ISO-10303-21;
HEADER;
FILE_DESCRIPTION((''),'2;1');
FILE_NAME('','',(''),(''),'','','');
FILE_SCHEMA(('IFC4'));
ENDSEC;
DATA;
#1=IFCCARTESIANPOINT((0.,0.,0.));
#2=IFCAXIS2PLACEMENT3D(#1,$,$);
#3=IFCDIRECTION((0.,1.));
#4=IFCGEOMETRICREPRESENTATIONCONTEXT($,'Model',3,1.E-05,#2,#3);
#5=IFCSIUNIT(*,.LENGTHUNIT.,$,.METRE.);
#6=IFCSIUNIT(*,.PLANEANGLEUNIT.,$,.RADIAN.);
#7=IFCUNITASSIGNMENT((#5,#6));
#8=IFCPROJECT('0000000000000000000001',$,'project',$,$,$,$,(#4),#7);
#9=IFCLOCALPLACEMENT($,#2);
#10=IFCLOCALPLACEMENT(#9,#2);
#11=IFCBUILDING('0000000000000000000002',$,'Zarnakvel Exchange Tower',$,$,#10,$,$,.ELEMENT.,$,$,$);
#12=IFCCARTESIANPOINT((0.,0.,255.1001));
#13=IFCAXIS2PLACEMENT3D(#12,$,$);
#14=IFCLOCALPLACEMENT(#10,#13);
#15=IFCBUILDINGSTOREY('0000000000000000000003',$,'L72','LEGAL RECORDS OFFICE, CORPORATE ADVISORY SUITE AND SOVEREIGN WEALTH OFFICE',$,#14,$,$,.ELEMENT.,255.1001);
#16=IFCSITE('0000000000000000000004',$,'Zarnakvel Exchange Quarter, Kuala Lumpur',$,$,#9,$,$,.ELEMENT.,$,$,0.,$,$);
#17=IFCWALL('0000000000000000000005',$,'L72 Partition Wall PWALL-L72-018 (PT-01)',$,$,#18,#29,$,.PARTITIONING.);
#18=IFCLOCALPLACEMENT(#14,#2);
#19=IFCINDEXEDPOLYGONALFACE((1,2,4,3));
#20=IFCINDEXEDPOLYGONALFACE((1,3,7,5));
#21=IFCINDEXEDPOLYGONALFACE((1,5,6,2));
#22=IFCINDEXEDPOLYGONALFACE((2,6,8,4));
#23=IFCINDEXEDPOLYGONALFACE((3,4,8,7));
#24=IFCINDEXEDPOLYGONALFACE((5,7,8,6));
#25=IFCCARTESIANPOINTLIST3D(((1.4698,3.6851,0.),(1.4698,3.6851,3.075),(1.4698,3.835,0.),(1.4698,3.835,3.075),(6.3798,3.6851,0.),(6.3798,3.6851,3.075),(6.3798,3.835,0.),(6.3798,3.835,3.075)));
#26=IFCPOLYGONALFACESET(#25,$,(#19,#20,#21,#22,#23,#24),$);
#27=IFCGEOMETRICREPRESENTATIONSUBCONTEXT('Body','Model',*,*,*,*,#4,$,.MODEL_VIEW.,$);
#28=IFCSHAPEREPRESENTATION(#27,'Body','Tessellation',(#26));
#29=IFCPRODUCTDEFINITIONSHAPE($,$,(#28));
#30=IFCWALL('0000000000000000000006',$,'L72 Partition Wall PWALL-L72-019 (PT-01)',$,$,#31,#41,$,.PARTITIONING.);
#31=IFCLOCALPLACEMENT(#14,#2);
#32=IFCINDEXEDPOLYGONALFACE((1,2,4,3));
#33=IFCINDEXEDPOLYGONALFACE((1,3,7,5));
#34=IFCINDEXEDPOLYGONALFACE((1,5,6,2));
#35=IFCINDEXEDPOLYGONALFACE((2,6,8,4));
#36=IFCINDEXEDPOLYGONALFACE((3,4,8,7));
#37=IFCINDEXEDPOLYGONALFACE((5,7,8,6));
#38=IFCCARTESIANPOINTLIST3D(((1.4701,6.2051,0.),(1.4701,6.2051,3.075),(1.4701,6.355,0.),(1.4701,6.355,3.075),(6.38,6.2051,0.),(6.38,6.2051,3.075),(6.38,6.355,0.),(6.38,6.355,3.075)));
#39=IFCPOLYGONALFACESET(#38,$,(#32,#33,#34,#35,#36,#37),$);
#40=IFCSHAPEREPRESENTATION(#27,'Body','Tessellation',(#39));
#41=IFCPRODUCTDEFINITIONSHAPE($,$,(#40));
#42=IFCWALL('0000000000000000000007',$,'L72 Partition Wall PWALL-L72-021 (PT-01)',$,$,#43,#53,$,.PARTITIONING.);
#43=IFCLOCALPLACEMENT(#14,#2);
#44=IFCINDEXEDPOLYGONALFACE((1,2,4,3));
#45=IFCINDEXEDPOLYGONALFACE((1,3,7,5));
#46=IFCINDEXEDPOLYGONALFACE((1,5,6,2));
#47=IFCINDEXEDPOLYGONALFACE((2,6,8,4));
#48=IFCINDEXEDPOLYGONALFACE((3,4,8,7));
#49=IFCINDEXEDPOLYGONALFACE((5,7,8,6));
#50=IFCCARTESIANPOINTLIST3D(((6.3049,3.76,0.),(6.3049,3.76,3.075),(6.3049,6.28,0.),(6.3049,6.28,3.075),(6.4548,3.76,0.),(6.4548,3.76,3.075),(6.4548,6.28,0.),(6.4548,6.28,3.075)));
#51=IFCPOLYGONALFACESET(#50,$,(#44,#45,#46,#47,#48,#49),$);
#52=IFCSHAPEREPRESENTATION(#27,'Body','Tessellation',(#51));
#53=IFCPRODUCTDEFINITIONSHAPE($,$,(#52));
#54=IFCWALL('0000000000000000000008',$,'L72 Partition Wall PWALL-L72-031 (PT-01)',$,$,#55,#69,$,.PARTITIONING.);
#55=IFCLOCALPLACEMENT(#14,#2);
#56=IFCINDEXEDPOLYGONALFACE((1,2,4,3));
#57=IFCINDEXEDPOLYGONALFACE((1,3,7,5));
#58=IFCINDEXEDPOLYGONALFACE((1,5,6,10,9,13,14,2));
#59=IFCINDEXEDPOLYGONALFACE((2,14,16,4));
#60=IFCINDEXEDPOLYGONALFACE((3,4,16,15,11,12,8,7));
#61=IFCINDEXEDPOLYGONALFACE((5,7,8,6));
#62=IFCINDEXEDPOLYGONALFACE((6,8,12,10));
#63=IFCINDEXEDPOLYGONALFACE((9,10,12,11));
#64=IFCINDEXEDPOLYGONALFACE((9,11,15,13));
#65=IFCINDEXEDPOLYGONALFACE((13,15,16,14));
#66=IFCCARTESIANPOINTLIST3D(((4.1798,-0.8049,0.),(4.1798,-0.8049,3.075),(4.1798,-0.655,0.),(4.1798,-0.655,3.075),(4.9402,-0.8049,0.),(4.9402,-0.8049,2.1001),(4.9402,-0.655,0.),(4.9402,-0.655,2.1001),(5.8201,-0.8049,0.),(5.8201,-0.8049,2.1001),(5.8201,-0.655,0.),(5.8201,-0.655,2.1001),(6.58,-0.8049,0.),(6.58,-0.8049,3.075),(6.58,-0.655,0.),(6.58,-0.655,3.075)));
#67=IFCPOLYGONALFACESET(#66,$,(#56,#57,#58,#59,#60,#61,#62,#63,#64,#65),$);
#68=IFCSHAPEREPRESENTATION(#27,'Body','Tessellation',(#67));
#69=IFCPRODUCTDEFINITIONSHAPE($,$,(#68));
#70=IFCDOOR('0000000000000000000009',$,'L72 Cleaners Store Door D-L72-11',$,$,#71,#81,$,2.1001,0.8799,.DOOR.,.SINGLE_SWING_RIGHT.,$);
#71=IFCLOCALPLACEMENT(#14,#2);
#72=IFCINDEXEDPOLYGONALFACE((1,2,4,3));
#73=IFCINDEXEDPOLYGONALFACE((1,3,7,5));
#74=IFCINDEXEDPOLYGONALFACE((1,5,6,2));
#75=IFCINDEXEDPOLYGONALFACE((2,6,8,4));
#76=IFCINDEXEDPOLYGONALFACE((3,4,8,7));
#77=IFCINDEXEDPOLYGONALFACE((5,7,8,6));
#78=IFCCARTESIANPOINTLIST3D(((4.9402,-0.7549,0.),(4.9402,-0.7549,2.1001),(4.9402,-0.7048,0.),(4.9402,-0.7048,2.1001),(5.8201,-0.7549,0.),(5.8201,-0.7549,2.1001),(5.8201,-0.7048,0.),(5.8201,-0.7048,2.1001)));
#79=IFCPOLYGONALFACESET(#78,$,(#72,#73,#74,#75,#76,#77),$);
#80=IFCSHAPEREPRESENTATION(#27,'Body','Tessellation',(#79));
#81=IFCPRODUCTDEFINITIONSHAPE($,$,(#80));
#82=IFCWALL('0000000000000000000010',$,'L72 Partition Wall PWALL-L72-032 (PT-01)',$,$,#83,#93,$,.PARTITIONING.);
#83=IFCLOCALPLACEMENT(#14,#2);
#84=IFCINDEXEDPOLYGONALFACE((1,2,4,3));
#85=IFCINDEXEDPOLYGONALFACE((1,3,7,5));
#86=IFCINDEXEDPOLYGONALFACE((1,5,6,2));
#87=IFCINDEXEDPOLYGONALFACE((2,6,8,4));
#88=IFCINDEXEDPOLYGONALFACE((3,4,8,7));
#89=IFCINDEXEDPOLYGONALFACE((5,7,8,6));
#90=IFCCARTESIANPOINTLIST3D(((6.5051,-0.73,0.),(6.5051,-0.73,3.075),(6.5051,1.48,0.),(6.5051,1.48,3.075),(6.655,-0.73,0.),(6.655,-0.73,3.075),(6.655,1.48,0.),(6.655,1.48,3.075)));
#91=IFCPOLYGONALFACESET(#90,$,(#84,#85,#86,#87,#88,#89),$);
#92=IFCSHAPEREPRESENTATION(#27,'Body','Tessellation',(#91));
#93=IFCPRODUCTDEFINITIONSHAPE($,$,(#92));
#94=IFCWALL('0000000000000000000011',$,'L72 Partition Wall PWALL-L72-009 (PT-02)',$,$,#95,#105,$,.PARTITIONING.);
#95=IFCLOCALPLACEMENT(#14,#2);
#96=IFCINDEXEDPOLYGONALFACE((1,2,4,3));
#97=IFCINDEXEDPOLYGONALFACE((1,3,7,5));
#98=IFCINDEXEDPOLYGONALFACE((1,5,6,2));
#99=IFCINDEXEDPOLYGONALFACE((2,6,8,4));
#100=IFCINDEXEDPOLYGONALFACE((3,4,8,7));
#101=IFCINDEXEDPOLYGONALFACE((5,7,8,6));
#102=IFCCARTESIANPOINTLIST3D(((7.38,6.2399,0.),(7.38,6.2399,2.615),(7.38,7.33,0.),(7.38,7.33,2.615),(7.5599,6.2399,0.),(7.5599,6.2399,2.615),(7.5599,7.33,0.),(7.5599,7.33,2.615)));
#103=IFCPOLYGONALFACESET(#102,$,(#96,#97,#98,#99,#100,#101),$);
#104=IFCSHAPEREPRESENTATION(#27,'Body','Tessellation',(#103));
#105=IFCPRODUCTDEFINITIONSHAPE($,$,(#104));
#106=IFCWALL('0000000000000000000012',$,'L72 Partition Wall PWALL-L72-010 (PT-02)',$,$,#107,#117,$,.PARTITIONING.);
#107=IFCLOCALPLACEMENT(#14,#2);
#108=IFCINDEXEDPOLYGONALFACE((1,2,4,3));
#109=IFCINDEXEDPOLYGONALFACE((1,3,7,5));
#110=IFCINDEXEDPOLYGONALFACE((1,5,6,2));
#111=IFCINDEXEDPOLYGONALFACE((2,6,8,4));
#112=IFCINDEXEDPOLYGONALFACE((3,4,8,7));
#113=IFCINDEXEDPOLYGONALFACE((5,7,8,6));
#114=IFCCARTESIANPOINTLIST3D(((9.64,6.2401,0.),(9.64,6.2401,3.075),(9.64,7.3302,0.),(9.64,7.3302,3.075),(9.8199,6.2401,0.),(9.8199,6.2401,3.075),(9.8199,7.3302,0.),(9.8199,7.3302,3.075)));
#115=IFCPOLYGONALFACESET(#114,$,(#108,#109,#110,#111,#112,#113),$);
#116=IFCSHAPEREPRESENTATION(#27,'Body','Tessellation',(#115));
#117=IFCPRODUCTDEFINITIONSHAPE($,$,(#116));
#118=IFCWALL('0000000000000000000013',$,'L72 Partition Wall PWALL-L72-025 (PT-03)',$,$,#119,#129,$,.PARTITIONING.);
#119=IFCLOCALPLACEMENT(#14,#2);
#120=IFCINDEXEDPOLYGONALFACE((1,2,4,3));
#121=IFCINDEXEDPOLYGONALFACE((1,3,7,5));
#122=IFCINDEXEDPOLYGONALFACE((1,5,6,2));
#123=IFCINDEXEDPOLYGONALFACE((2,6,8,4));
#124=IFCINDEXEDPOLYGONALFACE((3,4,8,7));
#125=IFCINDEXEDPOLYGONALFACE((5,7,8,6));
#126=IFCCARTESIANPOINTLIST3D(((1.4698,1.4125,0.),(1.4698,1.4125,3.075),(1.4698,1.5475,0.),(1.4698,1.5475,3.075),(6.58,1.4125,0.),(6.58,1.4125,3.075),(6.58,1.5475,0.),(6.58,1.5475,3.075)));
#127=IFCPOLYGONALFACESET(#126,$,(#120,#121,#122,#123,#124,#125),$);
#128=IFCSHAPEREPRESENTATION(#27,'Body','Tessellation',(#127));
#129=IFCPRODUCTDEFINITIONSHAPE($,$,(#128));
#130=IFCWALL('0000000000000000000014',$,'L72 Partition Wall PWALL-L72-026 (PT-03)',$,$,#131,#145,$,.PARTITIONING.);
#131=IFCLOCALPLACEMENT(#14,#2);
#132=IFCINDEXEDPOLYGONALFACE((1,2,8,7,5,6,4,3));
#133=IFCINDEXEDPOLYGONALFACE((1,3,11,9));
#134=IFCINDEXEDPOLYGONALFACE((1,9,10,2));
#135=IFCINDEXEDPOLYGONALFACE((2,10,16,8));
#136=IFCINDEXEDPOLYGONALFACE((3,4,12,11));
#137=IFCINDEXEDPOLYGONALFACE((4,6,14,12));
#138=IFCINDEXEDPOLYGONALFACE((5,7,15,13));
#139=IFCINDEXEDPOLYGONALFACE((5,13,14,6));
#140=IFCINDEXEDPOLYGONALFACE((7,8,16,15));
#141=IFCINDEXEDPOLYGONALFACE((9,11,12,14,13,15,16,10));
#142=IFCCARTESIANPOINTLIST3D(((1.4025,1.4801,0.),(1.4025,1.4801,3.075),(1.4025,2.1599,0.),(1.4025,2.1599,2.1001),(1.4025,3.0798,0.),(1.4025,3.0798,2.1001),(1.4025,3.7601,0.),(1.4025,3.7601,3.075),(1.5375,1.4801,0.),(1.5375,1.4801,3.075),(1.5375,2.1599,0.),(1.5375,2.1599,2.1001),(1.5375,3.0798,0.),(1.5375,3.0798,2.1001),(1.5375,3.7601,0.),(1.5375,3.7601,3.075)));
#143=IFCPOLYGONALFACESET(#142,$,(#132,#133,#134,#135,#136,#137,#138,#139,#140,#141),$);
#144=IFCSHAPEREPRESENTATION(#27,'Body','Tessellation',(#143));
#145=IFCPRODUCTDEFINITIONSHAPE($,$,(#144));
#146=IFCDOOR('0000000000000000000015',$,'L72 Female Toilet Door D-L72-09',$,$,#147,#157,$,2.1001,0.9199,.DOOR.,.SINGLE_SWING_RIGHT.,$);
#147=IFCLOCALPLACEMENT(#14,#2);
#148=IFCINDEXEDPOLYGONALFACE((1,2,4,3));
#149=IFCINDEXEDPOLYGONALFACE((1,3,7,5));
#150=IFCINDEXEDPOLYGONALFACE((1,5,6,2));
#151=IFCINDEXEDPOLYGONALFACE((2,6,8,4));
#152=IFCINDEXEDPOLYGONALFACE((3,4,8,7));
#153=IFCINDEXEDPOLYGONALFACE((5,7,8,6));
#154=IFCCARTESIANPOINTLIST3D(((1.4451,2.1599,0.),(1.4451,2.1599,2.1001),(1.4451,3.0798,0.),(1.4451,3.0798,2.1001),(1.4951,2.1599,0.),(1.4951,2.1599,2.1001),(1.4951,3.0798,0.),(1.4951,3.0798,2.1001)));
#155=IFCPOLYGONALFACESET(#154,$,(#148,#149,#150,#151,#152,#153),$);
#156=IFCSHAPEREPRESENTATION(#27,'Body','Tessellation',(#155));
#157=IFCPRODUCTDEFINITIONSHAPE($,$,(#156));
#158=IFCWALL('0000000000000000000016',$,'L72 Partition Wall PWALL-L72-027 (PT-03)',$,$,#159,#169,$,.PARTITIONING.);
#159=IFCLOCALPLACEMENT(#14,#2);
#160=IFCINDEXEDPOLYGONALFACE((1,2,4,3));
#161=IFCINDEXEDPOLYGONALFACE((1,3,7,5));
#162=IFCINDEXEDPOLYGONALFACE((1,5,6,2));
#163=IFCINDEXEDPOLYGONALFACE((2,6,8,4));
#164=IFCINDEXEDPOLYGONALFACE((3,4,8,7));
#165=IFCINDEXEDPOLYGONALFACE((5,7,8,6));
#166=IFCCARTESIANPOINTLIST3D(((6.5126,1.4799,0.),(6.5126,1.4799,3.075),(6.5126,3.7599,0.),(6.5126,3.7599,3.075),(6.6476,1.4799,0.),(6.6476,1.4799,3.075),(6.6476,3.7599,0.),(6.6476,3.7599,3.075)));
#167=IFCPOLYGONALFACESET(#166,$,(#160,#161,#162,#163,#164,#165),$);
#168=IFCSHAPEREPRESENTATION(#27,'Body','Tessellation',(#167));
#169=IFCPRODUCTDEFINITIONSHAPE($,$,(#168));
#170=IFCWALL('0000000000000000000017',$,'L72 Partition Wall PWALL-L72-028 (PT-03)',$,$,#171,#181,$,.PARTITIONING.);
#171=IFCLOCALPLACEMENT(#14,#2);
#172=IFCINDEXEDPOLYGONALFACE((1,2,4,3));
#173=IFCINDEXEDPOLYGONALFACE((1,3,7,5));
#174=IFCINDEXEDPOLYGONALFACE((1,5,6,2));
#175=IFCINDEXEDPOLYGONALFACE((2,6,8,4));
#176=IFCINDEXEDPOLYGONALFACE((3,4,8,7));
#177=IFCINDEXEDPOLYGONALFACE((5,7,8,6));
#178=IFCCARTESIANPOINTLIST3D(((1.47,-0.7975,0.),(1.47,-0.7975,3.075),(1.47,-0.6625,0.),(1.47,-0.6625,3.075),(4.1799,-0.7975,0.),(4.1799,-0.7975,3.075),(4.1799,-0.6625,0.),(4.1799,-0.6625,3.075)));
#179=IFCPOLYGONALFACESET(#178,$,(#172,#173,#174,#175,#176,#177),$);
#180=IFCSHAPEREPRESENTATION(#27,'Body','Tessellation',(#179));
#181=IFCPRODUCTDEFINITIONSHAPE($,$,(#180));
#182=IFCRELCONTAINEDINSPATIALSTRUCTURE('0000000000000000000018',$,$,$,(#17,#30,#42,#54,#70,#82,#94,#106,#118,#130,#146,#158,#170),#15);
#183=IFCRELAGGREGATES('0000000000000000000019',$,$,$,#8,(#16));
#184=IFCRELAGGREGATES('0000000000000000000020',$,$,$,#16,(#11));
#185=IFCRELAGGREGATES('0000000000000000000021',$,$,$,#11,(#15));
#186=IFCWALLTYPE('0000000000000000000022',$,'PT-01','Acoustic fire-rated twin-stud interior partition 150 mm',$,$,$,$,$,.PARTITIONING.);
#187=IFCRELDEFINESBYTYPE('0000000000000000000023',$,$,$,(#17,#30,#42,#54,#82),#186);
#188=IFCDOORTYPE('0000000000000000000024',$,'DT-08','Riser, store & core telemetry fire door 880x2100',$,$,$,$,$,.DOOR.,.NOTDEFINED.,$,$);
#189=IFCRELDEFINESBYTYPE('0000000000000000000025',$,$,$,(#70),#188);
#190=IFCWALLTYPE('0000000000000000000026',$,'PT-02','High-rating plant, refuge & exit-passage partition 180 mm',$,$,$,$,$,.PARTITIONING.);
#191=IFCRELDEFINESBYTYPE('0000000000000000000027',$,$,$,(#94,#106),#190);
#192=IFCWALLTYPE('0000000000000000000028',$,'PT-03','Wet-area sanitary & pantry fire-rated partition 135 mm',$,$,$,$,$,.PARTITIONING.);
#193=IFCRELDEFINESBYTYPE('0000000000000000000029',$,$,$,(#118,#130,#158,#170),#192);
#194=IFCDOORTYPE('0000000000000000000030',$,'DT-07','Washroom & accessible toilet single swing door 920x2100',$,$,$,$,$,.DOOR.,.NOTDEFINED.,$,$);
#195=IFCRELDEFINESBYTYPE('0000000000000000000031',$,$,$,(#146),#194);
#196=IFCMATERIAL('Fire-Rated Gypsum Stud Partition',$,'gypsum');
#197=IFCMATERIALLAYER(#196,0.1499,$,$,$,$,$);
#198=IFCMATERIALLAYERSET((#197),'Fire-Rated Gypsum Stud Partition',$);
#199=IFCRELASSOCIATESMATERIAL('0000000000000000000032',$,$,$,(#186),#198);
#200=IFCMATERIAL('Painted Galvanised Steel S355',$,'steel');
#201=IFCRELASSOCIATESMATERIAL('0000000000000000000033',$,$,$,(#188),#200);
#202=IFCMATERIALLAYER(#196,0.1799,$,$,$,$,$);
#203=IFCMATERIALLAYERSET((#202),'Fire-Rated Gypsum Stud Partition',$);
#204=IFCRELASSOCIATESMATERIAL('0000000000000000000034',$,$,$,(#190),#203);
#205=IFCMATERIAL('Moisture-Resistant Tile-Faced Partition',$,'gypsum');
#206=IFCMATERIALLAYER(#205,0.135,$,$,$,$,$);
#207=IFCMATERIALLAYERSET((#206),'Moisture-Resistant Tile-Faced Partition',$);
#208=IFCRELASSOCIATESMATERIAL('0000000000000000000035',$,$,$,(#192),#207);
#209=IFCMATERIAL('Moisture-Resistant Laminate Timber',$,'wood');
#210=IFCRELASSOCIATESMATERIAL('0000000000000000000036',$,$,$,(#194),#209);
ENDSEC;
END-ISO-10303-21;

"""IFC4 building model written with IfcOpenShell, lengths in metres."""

from ifc_helpers import new_model, si_unit, direction, frame, frame_2d, origin, place, context, subcontext, project, spatial, rectangle, extrude, source, transform, mapped, material, layer, layer_set, type_object, element, fill, save


model = new_model("IFC4")

# Units and contexts
model_context = context("Model", 3, precision=1e-05, world=origin(), true_north=direction((0.0, 1.0)))
body_context = subcontext(model_context, "Body", "Model", "MODEL_VIEW")
ifc_project = project(units=[si_unit("LENGTHUNIT", "METRE"), si_unit("PLANEANGLEUNIT", "RADIAN")], contexts=[model_context])

# Site, building, storey
site_placement = place(None, origin())
site = spatial("IfcSite", under=ifc_project, at=site_placement, Name="Zarnakvel Exchange Quarter, Kuala Lumpur", CompositionType="ELEMENT", RefElevation=0.0)
building_placement = place(site_placement, origin())
building = spatial("IfcBuilding", under=site, at=building_placement, Name="Zarnakvel Exchange Tower", CompositionType="ELEMENT")
storey_placement = place(building_placement, frame((0.0, 0.0, 255.1001)))
storey = spatial("IfcBuildingStorey", under=building, at=storey_placement, Name="L72", Description="LEGAL RECORDS OFFICE, CORPORATE ADVISORY SUITE AND SOVEREIGN WEALTH OFFICE", CompositionType="ELEMENT", Elevation=255.1001)

# Walls
ifc_material_1 = material(Name="Fire-Rated Gypsum Stud Partition", Category="gypsum")
ifc_layer_1 = layer(ifc_material_1, 0.1499)
ifc_layer_set_1 = layer_set([ifc_layer_1], Name="Fire-Rated Gypsum Stud Partition")
wall_type_1 = type_object("IfcWallType", Name="PT-01", Description="Acoustic fire-rated twin-stud interior partition 150 mm", PredefinedType="PARTITIONING", material=ifc_layer_set_1)
for number, where, z_axis, x_axis, name in (
    (1, (6.3799, 3.76, 0.0), (0.0, 0.0, 1.0), (-1.0, 0.0, 0.0), "L72 Partition Wall PWALL-L72-018 (PT-01)"),
    (2, (1.47, 6.28, 0.0), (0.0, 0.0, 1.0), (1.0, 0.0, 0.0), "L72 Partition Wall PWALL-L72-019 (PT-01)"),
):
    element("IfcWall", number, at=place(storey_placement, frame(where, z_axis=z_axis, x_axis=x_axis)), inside=storey, type_object=wall_type_1, Name=name, PredefinedType="PARTITIONING", context=body_context, shape_type="SweptSolid", body=[
        extrude(rectangle(XDim=4.9099, YDim=0.1499, at=frame_2d((2.4551, 0.0))), origin(), (0.0, 0.0, 1.0), 3.075),
    ])

# Wall
wall_1_placement = place(storey_placement, frame((6.3799, 6.28, 0.0), z_axis=(0.0, 0.0, 1.0), x_axis=(0.0, -1.0, 0.0)))
element("IfcWall", 3, at=wall_1_placement, inside=storey, type_object=wall_type_1, Name="L72 Partition Wall PWALL-L72-021 (PT-01)", PredefinedType="PARTITIONING", context=body_context, shape_type="SweptSolid", body=[
    extrude(rectangle(XDim=2.52, YDim=0.1499, at=frame_2d((1.26, 0.0))), origin(), (0.0, 0.0, 1.0), 3.075),
])

# Wall, opening, door
wall_2_placement = place(storey_placement, frame((6.5801, -0.73, 0.0), z_axis=(0.0, 0.0, 1.0), x_axis=(-1.0, 0.0, 0.0)))
wall_2 = element("IfcWall", 4, at=wall_2_placement, inside=storey, type_object=wall_type_1, Name="L72 Partition Wall PWALL-L72-031 (PT-01)", PredefinedType="PARTITIONING", context=body_context, shape_type="SweptSolid", body=[
    extrude(rectangle(XDim=2.4001, YDim=0.1499, at=frame_2d((1.2002, 0.0))), origin(), (0.0, 0.0, 1.0), 3.075),
])
opening_1_placement = place(wall_2_placement, frame((0.76, 0.0, 0.0)))
opening_1 = element("IfcOpeningElement", 5, at=opening_1_placement, cuts=wall_2, PredefinedType="OPENING", context=body_context, shape_type="SweptSolid", body=[
    extrude(rectangle(XDim=0.8799, YDim=2.1001, at=frame_2d((0.4399, 1.05))), frame((0.0, 0.085, 0.0), z_axis=(0.0, -1.0, 0.0), x_axis=(1.0, 0.0, 0.0)), (0.0, 0.0, 1.0), 0.1699),
])
ifc_material_2 = material(Name="Painted Galvanised Steel S355", Category="steel")
door_type_1 = type_object("IfcDoorType", Name="DT-08", Description="Riser, store & core telemetry fire door 880x2100", OperationType="NOTDEFINED", PredefinedType="DOOR", material=ifc_material_2)
shared_shape_1 = source(origin(), body_context, "Body", "SweptSolid", [
    extrude(rectangle(XDim=0.8799, YDim=2.1001, at=frame_2d((0.4399, 1.05))), frame((0.0, 0.0249, 0.0), z_axis=(0.0, -1.0, 0.0), x_axis=(1.0, 0.0, 0.0)), (0.0, 0.0, 1.0), 0.05),
])
door_1_placement = place(opening_1_placement, origin())
door_1 = element("IfcDoor", 6, at=door_1_placement, inside=storey, type_object=door_type_1, Name="L72 Cleaners Store Door D-L72-11", OperationType="SINGLE_SWING_RIGHT", OverallHeight=2.1001, OverallWidth=0.8799, PredefinedType="DOOR", context=body_context, shape_type="MappedRepresentation", body=[
    mapped(shared_shape_1, transform((0.0, 0.0, 0.0), x_axis=(1.0, 0.0, 0.0), y_axis=(0.0, 1.0, 0.0), z_axis=(0.0, 0.0, 1.0), scale=1.0)),
])
fill(opening_1, door_1)

# Walls
wall_3_placement = place(storey_placement, frame((6.5801, 1.48, 0.0), z_axis=(0.0, 0.0, 1.0), x_axis=(0.0, -1.0, 0.0)))
element("IfcWall", 7, at=wall_3_placement, inside=storey, type_object=wall_type_1, Name="L72 Partition Wall PWALL-L72-032 (PT-01)", PredefinedType="PARTITIONING", context=body_context, shape_type="SweptSolid", body=[
    extrude(rectangle(XDim=2.21, YDim=0.1499, at=frame_2d((1.105, 0.0))), origin(), (0.0, 0.0, 1.0), 3.075),
])
ifc_layer_2 = layer(ifc_material_1, 0.1799)
ifc_layer_set_2 = layer_set([ifc_layer_2], Name="Fire-Rated Gypsum Stud Partition")
wall_type_2 = type_object("IfcWallType", Name="PT-02", Description="High-rating plant, refuge & exit-passage partition 180 mm", PredefinedType="PARTITIONING", material=ifc_layer_set_2)
wall_4_placement = place(storey_placement, frame((7.47, 6.24, 0.0), z_axis=(0.0, 0.0, 1.0), x_axis=(0.0, 1.0, 0.0)))
element("IfcWall", 8, at=wall_4_placement, inside=storey, type_object=wall_type_2, Name="L72 Partition Wall PWALL-L72-009 (PT-02)", PredefinedType="PARTITIONING", context=body_context, shape_type="SweptSolid", body=[
    extrude(rectangle(XDim=1.0901, YDim=0.1799, at=frame_2d((0.5449, 0.0))), origin(), (0.0, 0.0, 1.0), 2.615),
])
wall_5_placement = place(storey_placement, frame((9.73, 7.3301, 0.0), z_axis=(0.0, 0.0, 1.0), x_axis=(0.0, -1.0, 0.0)))
element("IfcWall", 9, at=wall_5_placement, inside=storey, type_object=wall_type_2, Name="L72 Partition Wall PWALL-L72-010 (PT-02)", PredefinedType="PARTITIONING", context=body_context, shape_type="SweptSolid", body=[
    extrude(rectangle(XDim=1.0901, YDim=0.1799, at=frame_2d((0.5449, 0.0))), origin(), (0.0, 0.0, 1.0), 3.075),
])
ifc_material_3 = material(Name="Moisture-Resistant Tile-Faced Partition", Category="gypsum")
ifc_layer_3 = layer(ifc_material_3, 0.135)
ifc_layer_set_3 = layer_set([ifc_layer_3], Name="Moisture-Resistant Tile-Faced Partition")
wall_type_3 = type_object("IfcWallType", Name="PT-03", Description="Wet-area sanitary & pantry fire-rated partition 135 mm", PredefinedType="PARTITIONING", material=ifc_layer_set_3)
wall_6_placement = place(storey_placement, frame((6.5801, 1.48, 0.0), z_axis=(0.0, 0.0, 1.0), x_axis=(-1.0, 0.0, 0.0)))
element("IfcWall", 10, at=wall_6_placement, inside=storey, type_object=wall_type_3, Name="L72 Partition Wall PWALL-L72-025 (PT-03)", PredefinedType="PARTITIONING", context=body_context, shape_type="SweptSolid", body=[
    extrude(rectangle(XDim=5.1101, YDim=0.135, at=frame_2d((2.5552, 0.0))), origin(), (0.0, 0.0, 1.0), 3.075),
])

# Wall, opening, door
wall_7_placement = place(storey_placement, frame((1.47, 1.48, 0.0), z_axis=(0.0, 0.0, 1.0), x_axis=(0.0, 1.0, 0.0)))
wall_7 = element("IfcWall", 11, at=wall_7_placement, inside=storey, type_object=wall_type_3, Name="L72 Partition Wall PWALL-L72-026 (PT-03)", PredefinedType="PARTITIONING", context=body_context, shape_type="SweptSolid", body=[
    extrude(rectangle(XDim=2.28, YDim=0.135, at=frame_2d((1.1401, 0.0))), origin(), (0.0, 0.0, 1.0), 3.075),
])
opening_2_placement = place(wall_7_placement, frame((0.6799, 0.0, 0.0)))
opening_2 = element("IfcOpeningElement", 12, at=opening_2_placement, cuts=wall_7, PredefinedType="OPENING", context=body_context, shape_type="SweptSolid", body=[
    extrude(rectangle(XDim=0.9199, YDim=2.1001, at=frame_2d((0.46, 1.05))), frame((0.0, 0.0774, 0.0), z_axis=(0.0, -1.0, 0.0), x_axis=(1.0, 0.0, 0.0)), (0.0, 0.0, 1.0), 0.155),
])
ifc_material_4 = material(Name="Moisture-Resistant Laminate Timber", Category="wood")
door_type_2 = type_object("IfcDoorType", Name="DT-07", Description="Washroom & accessible toilet single swing door 920x2100", OperationType="NOTDEFINED", PredefinedType="DOOR", material=ifc_material_4)
shared_shape_2 = source(origin(), body_context, "Body", "SweptSolid", [
    extrude(rectangle(XDim=0.9199, YDim=2.1001, at=frame_2d((0.46, 1.05))), frame((0.0, 0.0249, 0.0), z_axis=(0.0, -1.0, 0.0), x_axis=(1.0, 0.0, 0.0)), (0.0, 0.0, 1.0), 0.05),
])
door_2_placement = place(opening_2_placement, origin())
door_2 = element("IfcDoor", 13, at=door_2_placement, inside=storey, type_object=door_type_2, Name="L72 Female Toilet Door D-L72-09", OperationType="SINGLE_SWING_RIGHT", OverallHeight=2.1001, OverallWidth=0.9199, PredefinedType="DOOR", context=body_context, shape_type="MappedRepresentation", body=[
    mapped(shared_shape_2, transform((0.0, 0.0, 0.0), x_axis=(1.0, 0.0, 0.0), y_axis=(0.0, 1.0, 0.0), z_axis=(0.0, 0.0, 1.0), scale=1.0)),
])
fill(opening_2, door_2)

# Walls
wall_8_placement = place(storey_placement, frame((6.5801, 3.76, 0.0), z_axis=(0.0, 0.0, 1.0), x_axis=(0.0, -1.0, 0.0)))
element("IfcWall", 14, at=wall_8_placement, inside=storey, type_object=wall_type_3, Name="L72 Partition Wall PWALL-L72-027 (PT-03)", PredefinedType="PARTITIONING", context=body_context, shape_type="SweptSolid", body=[
    extrude(rectangle(XDim=2.28, YDim=0.135, at=frame_2d((1.1401, 0.0))), origin(), (0.0, 0.0, 1.0), 3.075),
])
wall_9_placement = place(storey_placement, frame((4.1799, -0.73, 0.0), z_axis=(0.0, 0.0, 1.0), x_axis=(-1.0, 0.0, 0.0)))
element("IfcWall", 15, at=wall_9_placement, inside=storey, type_object=wall_type_3, Name="L72 Partition Wall PWALL-L72-028 (PT-03)", PredefinedType="PARTITIONING", context=body_context, shape_type="SweptSolid", body=[
    extrude(rectangle(XDim=2.71, YDim=0.135, at=frame_2d((1.355, 0.0))), origin(), (0.0, 0.0, 1.0), 3.075),
])

save(model, "model.ifc")
